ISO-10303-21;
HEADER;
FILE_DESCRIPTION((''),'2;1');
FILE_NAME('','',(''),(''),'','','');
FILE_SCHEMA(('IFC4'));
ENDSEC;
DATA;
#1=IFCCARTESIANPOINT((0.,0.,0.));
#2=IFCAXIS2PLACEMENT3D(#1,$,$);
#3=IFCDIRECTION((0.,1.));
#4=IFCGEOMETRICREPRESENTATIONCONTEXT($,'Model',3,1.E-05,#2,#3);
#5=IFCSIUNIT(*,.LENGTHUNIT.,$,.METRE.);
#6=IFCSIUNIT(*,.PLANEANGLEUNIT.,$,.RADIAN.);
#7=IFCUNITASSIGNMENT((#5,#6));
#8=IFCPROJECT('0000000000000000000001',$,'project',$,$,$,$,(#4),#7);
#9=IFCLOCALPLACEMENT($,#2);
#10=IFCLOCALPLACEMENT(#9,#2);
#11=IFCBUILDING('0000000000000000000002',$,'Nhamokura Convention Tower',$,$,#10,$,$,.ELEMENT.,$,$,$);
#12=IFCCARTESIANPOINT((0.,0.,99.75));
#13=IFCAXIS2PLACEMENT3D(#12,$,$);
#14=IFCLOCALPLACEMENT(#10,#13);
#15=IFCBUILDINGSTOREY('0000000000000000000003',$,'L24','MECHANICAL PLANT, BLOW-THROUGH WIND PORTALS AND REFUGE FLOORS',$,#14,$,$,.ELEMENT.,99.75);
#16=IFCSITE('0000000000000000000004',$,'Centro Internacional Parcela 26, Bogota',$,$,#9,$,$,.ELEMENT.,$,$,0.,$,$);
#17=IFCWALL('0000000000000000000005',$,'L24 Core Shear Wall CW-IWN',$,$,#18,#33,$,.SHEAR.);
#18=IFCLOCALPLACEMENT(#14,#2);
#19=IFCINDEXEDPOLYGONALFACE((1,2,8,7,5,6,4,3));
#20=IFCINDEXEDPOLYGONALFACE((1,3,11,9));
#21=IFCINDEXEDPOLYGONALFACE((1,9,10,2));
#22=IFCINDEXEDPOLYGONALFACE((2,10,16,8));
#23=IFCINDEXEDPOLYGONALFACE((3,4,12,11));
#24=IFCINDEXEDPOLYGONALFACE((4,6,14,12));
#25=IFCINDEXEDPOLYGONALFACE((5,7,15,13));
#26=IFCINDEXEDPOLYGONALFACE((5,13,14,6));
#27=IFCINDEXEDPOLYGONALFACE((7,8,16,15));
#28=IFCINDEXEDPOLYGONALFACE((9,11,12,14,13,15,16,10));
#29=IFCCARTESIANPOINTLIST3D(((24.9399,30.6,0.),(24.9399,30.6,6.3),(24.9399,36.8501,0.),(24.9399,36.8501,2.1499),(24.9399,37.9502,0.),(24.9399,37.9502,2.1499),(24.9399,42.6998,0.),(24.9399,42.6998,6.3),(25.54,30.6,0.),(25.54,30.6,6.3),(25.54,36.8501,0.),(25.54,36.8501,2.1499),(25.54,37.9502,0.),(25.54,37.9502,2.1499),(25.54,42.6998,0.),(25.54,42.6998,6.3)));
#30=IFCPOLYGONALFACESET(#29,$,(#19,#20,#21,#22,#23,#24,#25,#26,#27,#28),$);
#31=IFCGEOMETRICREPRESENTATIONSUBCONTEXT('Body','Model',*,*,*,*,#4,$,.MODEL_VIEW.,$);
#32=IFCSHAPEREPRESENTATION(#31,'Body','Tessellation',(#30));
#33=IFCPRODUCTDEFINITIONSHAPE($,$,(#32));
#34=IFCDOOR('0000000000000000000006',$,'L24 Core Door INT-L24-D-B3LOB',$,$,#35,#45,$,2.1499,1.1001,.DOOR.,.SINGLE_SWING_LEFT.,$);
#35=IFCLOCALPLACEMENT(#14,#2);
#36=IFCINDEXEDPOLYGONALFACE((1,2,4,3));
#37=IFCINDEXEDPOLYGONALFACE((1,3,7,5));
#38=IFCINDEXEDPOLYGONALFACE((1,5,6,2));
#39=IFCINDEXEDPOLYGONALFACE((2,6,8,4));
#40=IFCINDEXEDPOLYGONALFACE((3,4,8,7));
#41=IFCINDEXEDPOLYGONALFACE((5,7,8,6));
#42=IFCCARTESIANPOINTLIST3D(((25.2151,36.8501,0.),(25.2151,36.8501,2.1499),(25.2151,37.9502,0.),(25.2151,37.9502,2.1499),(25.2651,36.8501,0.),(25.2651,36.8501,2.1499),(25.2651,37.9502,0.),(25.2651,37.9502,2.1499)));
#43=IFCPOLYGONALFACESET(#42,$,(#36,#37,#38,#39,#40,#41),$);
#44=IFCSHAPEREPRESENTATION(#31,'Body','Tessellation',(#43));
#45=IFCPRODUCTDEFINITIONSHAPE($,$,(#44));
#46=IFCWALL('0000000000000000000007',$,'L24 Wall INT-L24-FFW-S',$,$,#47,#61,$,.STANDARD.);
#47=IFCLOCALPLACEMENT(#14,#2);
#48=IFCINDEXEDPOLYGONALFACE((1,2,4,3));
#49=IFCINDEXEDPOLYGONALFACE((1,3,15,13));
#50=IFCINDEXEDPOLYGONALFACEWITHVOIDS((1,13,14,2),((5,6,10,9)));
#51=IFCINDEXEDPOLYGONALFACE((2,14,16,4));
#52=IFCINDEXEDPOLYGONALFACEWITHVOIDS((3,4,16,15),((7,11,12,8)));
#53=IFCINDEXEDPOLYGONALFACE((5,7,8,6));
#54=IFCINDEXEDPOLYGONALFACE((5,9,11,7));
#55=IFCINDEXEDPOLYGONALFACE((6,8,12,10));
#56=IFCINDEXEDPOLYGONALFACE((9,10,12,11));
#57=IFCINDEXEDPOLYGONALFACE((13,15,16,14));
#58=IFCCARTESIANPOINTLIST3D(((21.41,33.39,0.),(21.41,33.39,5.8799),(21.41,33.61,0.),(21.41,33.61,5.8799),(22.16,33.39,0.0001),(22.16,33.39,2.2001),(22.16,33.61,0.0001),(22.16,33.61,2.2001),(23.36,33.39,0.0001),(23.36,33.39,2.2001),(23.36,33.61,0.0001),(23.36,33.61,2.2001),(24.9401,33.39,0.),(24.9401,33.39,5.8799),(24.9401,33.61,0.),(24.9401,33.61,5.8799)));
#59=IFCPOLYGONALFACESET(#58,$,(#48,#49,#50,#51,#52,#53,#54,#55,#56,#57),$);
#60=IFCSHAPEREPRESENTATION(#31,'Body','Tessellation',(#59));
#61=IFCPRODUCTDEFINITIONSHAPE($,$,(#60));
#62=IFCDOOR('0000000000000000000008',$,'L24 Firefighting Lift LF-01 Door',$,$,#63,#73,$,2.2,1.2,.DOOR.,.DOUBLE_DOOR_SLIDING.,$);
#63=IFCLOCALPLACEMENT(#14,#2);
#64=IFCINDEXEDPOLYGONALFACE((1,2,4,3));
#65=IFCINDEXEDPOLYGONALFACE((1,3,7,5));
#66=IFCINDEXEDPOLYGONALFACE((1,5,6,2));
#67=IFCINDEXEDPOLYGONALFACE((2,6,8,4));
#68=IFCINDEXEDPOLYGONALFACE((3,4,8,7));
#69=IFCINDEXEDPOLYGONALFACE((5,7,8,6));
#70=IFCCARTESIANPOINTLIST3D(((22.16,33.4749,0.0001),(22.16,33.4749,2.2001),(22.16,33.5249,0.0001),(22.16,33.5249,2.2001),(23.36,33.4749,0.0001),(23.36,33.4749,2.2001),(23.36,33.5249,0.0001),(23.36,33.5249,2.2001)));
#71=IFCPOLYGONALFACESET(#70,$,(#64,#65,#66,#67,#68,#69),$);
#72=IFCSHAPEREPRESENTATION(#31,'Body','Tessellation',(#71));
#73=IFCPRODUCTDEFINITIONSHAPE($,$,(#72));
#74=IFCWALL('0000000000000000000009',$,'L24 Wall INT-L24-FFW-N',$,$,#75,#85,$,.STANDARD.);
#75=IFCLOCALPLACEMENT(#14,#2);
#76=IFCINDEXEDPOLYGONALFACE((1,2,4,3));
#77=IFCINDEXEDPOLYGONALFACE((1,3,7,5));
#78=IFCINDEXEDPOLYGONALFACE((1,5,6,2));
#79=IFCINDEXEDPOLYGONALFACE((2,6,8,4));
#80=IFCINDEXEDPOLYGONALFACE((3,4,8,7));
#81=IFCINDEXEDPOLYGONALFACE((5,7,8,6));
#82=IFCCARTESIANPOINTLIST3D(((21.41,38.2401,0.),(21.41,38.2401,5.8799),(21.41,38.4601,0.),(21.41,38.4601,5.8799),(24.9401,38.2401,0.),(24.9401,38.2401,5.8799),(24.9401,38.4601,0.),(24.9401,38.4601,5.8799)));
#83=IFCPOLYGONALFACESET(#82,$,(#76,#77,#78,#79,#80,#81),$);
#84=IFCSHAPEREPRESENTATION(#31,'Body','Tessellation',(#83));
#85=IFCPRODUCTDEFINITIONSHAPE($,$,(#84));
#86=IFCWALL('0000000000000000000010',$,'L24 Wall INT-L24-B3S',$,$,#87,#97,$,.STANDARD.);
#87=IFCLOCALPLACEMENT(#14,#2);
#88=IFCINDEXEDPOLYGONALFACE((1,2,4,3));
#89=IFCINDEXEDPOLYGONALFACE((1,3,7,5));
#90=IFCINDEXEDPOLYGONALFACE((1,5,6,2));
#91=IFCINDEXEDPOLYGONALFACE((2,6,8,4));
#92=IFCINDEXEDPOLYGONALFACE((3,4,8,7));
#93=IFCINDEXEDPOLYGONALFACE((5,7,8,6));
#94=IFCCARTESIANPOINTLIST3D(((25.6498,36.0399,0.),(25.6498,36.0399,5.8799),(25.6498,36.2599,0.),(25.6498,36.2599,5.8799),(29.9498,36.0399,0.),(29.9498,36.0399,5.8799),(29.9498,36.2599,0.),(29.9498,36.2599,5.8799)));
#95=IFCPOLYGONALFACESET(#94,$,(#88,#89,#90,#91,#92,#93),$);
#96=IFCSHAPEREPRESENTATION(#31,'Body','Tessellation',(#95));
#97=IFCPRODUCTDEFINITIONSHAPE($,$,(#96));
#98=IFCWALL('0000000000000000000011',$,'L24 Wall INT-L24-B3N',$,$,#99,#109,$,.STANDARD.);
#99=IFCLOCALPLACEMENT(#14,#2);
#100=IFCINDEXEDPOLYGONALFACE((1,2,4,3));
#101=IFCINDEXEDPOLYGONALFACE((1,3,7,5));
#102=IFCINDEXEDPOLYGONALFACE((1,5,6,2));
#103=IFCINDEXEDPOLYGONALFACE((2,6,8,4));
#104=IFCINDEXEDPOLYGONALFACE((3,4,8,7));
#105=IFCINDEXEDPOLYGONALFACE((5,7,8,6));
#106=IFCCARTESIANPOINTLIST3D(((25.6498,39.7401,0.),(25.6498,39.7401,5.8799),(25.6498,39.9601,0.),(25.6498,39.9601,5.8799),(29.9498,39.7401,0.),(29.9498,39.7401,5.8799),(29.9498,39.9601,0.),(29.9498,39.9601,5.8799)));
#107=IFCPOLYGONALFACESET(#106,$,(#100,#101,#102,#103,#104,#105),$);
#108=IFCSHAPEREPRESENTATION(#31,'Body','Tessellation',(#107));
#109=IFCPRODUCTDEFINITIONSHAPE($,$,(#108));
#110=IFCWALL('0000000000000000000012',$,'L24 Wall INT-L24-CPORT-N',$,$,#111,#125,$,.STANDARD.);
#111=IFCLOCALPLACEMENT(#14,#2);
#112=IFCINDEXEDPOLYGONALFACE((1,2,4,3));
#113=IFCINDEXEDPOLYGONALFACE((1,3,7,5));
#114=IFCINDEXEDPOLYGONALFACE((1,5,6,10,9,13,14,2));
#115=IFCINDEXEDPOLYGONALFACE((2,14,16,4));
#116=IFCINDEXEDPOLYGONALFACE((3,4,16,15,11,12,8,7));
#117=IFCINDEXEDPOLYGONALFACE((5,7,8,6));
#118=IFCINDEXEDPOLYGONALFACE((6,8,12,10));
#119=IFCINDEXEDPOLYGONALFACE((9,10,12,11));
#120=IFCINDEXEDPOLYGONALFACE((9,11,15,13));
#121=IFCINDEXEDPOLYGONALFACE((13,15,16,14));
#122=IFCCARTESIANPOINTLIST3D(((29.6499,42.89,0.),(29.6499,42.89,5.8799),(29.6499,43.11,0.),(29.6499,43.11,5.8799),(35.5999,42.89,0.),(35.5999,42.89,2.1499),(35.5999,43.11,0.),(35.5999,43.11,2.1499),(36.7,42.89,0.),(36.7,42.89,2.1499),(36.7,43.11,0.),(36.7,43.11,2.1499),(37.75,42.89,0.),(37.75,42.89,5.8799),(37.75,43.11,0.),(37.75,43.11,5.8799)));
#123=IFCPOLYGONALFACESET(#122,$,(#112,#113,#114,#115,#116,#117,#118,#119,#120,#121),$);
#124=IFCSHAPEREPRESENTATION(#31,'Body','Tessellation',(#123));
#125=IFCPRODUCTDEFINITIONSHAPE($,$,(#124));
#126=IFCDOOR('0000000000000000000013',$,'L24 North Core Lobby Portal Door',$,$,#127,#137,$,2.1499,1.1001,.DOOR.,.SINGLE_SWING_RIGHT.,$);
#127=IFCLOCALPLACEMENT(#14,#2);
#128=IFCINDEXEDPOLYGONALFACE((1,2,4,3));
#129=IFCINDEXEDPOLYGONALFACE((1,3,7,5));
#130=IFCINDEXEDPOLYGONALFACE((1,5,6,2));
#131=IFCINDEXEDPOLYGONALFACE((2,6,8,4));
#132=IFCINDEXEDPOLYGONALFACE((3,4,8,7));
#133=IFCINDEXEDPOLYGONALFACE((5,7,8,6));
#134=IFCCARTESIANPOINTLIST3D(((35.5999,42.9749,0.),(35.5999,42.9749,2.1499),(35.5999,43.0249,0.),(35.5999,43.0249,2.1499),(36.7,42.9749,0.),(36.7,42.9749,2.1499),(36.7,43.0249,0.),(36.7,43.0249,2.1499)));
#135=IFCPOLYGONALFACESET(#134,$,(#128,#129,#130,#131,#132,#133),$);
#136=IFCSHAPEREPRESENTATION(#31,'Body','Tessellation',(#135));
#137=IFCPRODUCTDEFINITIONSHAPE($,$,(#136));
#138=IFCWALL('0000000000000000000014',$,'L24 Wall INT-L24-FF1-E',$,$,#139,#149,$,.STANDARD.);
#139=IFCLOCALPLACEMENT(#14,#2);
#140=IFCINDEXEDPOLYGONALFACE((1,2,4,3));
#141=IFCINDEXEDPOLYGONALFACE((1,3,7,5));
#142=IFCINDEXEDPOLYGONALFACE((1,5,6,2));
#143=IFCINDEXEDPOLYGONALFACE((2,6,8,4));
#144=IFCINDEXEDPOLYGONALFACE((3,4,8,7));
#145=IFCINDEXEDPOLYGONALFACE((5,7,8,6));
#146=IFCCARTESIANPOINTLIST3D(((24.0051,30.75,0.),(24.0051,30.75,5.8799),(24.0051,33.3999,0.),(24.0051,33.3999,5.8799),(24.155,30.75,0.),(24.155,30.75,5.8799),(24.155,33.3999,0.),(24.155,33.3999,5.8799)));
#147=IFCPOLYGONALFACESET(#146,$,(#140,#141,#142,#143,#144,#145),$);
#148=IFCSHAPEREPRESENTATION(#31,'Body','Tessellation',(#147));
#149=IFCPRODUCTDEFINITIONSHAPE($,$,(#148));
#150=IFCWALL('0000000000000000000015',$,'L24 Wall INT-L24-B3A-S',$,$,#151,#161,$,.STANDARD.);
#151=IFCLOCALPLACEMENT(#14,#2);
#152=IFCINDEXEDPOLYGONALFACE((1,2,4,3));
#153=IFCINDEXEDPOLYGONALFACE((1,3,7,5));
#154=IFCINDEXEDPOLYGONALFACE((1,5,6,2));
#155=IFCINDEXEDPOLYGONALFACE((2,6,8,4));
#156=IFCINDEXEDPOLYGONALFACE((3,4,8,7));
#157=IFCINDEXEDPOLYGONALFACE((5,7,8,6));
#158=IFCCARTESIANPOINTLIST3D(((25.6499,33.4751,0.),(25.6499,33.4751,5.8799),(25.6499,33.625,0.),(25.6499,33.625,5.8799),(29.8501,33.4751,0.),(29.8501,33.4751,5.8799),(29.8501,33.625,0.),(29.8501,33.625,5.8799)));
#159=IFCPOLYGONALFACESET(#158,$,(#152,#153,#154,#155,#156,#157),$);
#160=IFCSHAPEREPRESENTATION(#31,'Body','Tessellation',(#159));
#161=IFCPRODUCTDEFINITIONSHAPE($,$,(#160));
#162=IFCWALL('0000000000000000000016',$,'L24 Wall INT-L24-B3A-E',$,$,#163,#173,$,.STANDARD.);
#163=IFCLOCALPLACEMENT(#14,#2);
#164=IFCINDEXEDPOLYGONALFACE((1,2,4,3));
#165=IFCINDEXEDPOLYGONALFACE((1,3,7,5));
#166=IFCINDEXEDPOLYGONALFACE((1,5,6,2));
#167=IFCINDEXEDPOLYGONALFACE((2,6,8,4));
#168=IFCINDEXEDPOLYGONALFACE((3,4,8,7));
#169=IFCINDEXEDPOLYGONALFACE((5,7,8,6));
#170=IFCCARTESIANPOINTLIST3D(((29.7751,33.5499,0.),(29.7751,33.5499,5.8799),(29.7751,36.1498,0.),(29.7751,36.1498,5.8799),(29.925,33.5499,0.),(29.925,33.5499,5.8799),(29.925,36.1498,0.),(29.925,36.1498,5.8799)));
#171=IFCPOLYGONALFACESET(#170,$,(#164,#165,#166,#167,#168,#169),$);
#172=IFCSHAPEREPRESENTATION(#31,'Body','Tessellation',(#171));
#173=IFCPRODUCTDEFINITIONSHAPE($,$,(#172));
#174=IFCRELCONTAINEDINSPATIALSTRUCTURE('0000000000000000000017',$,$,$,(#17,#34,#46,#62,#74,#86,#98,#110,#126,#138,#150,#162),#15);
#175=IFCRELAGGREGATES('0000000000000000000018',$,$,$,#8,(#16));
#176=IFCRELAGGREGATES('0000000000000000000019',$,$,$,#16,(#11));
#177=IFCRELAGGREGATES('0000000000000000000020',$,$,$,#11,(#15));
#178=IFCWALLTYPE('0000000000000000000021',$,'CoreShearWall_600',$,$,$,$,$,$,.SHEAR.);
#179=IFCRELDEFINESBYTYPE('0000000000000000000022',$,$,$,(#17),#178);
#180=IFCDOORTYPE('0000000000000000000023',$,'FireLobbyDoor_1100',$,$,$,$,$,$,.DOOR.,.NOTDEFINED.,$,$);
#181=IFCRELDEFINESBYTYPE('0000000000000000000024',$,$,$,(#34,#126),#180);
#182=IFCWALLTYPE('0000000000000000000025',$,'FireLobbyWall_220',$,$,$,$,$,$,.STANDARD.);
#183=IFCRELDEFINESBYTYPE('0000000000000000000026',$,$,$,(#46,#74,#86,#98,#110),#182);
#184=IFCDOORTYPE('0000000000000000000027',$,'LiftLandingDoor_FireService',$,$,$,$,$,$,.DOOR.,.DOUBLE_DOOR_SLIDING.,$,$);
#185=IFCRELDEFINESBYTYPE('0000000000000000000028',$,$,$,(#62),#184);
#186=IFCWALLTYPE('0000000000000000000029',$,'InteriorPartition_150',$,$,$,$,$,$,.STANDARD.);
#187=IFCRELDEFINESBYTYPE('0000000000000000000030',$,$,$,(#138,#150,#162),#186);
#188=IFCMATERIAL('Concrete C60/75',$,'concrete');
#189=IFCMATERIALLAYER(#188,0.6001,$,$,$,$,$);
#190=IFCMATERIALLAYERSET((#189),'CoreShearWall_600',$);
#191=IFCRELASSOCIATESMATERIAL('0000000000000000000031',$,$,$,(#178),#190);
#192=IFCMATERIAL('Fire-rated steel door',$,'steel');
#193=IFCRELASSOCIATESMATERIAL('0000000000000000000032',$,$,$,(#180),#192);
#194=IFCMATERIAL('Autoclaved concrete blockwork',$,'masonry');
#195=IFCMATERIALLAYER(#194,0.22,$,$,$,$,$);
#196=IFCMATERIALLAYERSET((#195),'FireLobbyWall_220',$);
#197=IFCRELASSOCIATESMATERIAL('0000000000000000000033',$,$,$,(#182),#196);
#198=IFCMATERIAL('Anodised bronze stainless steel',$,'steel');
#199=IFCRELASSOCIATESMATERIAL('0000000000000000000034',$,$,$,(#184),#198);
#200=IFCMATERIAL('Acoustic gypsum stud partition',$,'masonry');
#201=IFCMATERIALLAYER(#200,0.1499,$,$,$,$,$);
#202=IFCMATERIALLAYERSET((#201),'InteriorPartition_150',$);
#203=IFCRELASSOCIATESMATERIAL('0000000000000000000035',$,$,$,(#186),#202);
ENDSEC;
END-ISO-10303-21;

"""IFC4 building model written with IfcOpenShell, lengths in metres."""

from ifc_helpers import new_model, si_unit, direction, frame, frame_2d, origin, place, context, subcontext, project, spatial, rectangle, extrude, material, layer, layer_set, type_object, element, fill, save


model = new_model("IFC4")

# Units and contexts
model_context = context("Model", 3, precision=1e-05, world=origin(), true_north=direction((0.0, 1.0)))
body_context = subcontext(model_context, "Body", "Model", "MODEL_VIEW")
ifc_project = project(units=[si_unit("LENGTHUNIT", "METRE"), si_unit("PLANEANGLEUNIT", "RADIAN")], contexts=[model_context])

# Site, building, storey
site_placement = place(None, origin())
site = spatial("IfcSite", under=ifc_project, at=site_placement, Name="Centro Internacional Parcela 26, Bogota", CompositionType="ELEMENT", RefElevation=0.0)
building_placement = place(site_placement, origin())
building = spatial("IfcBuilding", under=site, at=building_placement, Name="Nhamokura Convention Tower", CompositionType="ELEMENT")
storey_placement = place(building_placement, frame((0.0, 0.0, 99.75)))
storey = spatial("IfcBuildingStorey", under=building, at=storey_placement, Name="L24", Description="MECHANICAL PLANT, BLOW-THROUGH WIND PORTALS AND REFUGE FLOORS", CompositionType="ELEMENT", Elevation=99.75)

# Shared definitions
ifc_material_1 = material(Name="Concrete C60/75", Category="concrete")
ifc_layer_1 = layer(ifc_material_1, 0.6001)
ifc_layer_set_1 = layer_set([ifc_layer_1], Name="CoreShearWall_600")
wall_type_1 = type_object("IfcWallType", Name="CoreShearWall_600", PredefinedType="SHEAR", material=ifc_layer_set_1)
ifc_material_2 = material(Name="Fire-rated steel door", Category="steel")
door_type_1 = type_object("IfcDoorType", Name="FireLobbyDoor_1100", OperationType="NOTDEFINED", PredefinedType="DOOR", material=ifc_material_2)

# Walls, openings, doors
wall_1_placement = place(storey_placement, frame((25.24, 30.6001, 0.0), z_axis=(0.0, 0.0, 1.0), x_axis=(0.0, 1.0, 0.0)))
wall_1 = element("IfcWall", 1, at=wall_1_placement, inside=storey, type_object=wall_type_1, Name="L24 Core Shear Wall CW-IWN", PredefinedType="SHEAR", context=body_context, shape_type="SweptSolid", body=[
    extrude(rectangle(XDim=12.0999, YDim=0.6001, at=frame_2d((6.0498, 0.0))), origin(), (0.0, 0.0, 1.0), 6.3),
])
opening_1_placement = place(wall_1_placement, frame((6.25, 0.0, 0.0)))
opening_1 = element("IfcOpeningElement", 2, at=opening_1_placement, cuts=wall_1, PredefinedType="OPENING", context=body_context, shape_type="SweptSolid", body=[
    extrude(rectangle(XDim=1.1001, YDim=2.1499, at=frame_2d((0.55, 1.075))), frame((0.0, 0.3101, 0.0), z_axis=(0.0, -1.0, 0.0), x_axis=(1.0, 0.0, 0.0)), (0.0, 0.0, 1.0), 0.6201),
])
door_1_placement = place(opening_1_placement, origin())
door_1 = element("IfcDoor", 3, at=door_1_placement, inside=storey, type_object=door_type_1, Name="L24 Core Door INT-L24-D-B3LOB", OperationType="SINGLE_SWING_LEFT", OverallHeight=2.1499, OverallWidth=1.1001, PredefinedType="DOOR", context=body_context, shape_type="SweptSolid", body=[
    extrude(rectangle(XDim=1.1001, YDim=2.1499, at=frame_2d((0.55, 1.075))), frame((0.0, 0.0249, 0.0), z_axis=(0.0, -1.0, 0.0), x_axis=(1.0, 0.0, 0.0)), (0.0, 0.0, 1.0), 0.05),
])
fill(opening_1, door_1)
ifc_material_3 = material(Name="Autoclaved concrete blockwork", Category="masonry")
ifc_layer_2 = layer(ifc_material_3, 0.22)
ifc_layer_set_2 = layer_set([ifc_layer_2], Name="FireLobbyWall_220")
wall_type_2 = type_object("IfcWallType", Name="FireLobbyWall_220", PredefinedType="STANDARD", material=ifc_layer_set_2)
wall_2_placement = place(storey_placement, frame((21.4099, 33.5, 0.0), z_axis=(0.0, 0.0, 1.0), x_axis=(1.0, 0.0, 0.0)))
wall_2 = element("IfcWall", 4, at=wall_2_placement, inside=storey, type_object=wall_type_2, Name="L24 Wall INT-L24-FFW-S", PredefinedType="STANDARD", context=body_context, shape_type="SweptSolid", body=[
    extrude(rectangle(XDim=3.53, YDim=0.22, at=frame_2d((1.7651, 0.0))), origin(), (0.0, 0.0, 1.0), 5.8799),
])
opening_2_placement = place(wall_2_placement, frame((0.75, 0.0, 0.0)))
opening_2 = element("IfcOpeningElement", 5, at=opening_2_placement, cuts=wall_2, PredefinedType="OPENING", context=body_context, shape_type="SweptSolid", body=[
    extrude(rectangle(XDim=1.2, YDim=2.2, at=frame_2d((0.6001, 1.1001))), frame((0.0, 0.1199, 0.0), z_axis=(0.0, -1.0, 0.0), x_axis=(1.0, 0.0, 0.0)), (0.0, 0.0, 1.0), 0.24),
])
ifc_material_4 = material(Name="Anodised bronze stainless steel", Category="steel")
door_type_2 = type_object("IfcDoorType", Name="LiftLandingDoor_FireService", OperationType="DOUBLE_DOOR_SLIDING", PredefinedType="DOOR", material=ifc_material_4)
door_2_placement = place(opening_2_placement, origin())
door_2 = element("IfcDoor", 6, at=door_2_placement, inside=storey, type_object=door_type_2, Name="L24 Firefighting Lift LF-01 Door", OperationType="DOUBLE_DOOR_SLIDING", OverallHeight=2.2, OverallWidth=1.2, PredefinedType="DOOR", context=body_context, shape_type="SweptSolid", body=[
    extrude(rectangle(XDim=1.2, YDim=2.2, at=frame_2d((0.6001, 1.1001))), frame((0.0, 0.0249, 0.0), z_axis=(0.0, -1.0, 0.0), x_axis=(1.0, 0.0, 0.0)), (0.0, 0.0, 1.0), 0.05),
])
fill(opening_2, door_2)

# Walls
wall_3_placement = place(storey_placement, frame((21.4099, 38.3501, 0.0), z_axis=(0.0, 0.0, 1.0), x_axis=(1.0, 0.0, 0.0)))
element("IfcWall", 7, at=wall_3_placement, inside=storey, type_object=wall_type_2, Name="L24 Wall INT-L24-FFW-N", PredefinedType="STANDARD", context=body_context, shape_type="SweptSolid", body=[
    extrude(rectangle(XDim=3.53, YDim=0.22, at=frame_2d((1.7651, 0.0))), origin(), (0.0, 0.0, 1.0), 5.8799),
])
for number, where, z_axis, x_axis, name in (
    (8, (25.6499, 36.1499, 0.0), (0.0, 0.0, 1.0), (1.0, 0.0, 0.0), "L24 Wall INT-L24-B3S"),
    (9, (25.6499, 39.8501, 0.0), (0.0, 0.0, 1.0), (1.0, 0.0, 0.0), "L24 Wall INT-L24-B3N"),
):
    element("IfcWall", number, at=place(storey_placement, frame(where, z_axis=z_axis, x_axis=x_axis)), inside=storey, type_object=wall_type_2, Name=name, PredefinedType="STANDARD", context=body_context, shape_type="SweptSolid", body=[
        extrude(rectangle(XDim=4.3, YDim=0.22, at=frame_2d((2.1499, 0.0))), origin(), (0.0, 0.0, 1.0), 5.8799),
    ])

# Wall, opening, door
wall_4_placement = place(storey_placement, frame((29.6499, 43.0, 0.0), z_axis=(0.0, 0.0, 1.0), x_axis=(1.0, 0.0, 0.0)))
wall_4 = element("IfcWall", 10, at=wall_4_placement, inside=storey, type_object=wall_type_2, Name="L24 Wall INT-L24-CPORT-N", PredefinedType="STANDARD", context=body_context, shape_type="SweptSolid", body=[
    extrude(rectangle(XDim=8.1001, YDim=0.22, at=frame_2d((4.05, 0.0))), origin(), (0.0, 0.0, 1.0), 5.8799),
])
opening_3_placement = place(wall_4_placement, frame((5.95, 0.0, 0.0)))
opening_3 = element("IfcOpeningElement", 11, at=opening_3_placement, cuts=wall_4, PredefinedType="OPENING", context=body_context, shape_type="SweptSolid", body=[
    extrude(rectangle(XDim=1.1001, YDim=2.1499, at=frame_2d((0.55, 1.075))), frame((0.0, 0.1199, 0.0), z_axis=(0.0, -1.0, 0.0), x_axis=(1.0, 0.0, 0.0)), (0.0, 0.0, 1.0), 0.24),
])
door_3_placement = place(opening_3_placement, origin())
door_3 = element("IfcDoor", 12, at=door_3_placement, inside=storey, type_object=door_type_1, Name="L24 North Core Lobby Portal Door", OperationType="SINGLE_SWING_RIGHT", OverallHeight=2.1499, OverallWidth=1.1001, PredefinedType="DOOR", context=body_context, shape_type="SweptSolid", body=[
    extrude(rectangle(XDim=1.1001, YDim=2.1499, at=frame_2d((0.55, 1.075))), frame((0.0, 0.0249, 0.0), z_axis=(0.0, -1.0, 0.0), x_axis=(1.0, 0.0, 0.0)), (0.0, 0.0, 1.0), 0.05),
])
fill(opening_3, door_3)

# Walls
ifc_material_5 = material(Name="Acoustic gypsum stud partition", Category="masonry")
ifc_layer_3 = layer(ifc_material_5, 0.1499)
ifc_layer_set_3 = layer_set([ifc_layer_3], Name="InteriorPartition_150")
wall_type_3 = type_object("IfcWallType", Name="InteriorPartition_150", PredefinedType="STANDARD", material=ifc_layer_set_3)
wall_5_placement = place(storey_placement, frame((24.0801, 30.75, 0.0), z_axis=(0.0, 0.0, 1.0), x_axis=(0.0, 1.0, 0.0)))
element("IfcWall", 13, at=wall_5_placement, inside=storey, type_object=wall_type_3, Name="L24 Wall INT-L24-FF1-E", PredefinedType="STANDARD", context=body_context, shape_type="SweptSolid", body=[
    extrude(rectangle(XDim=2.6499, YDim=0.1499, at=frame_2d((1.325, 0.0))), origin(), (0.0, 0.0, 1.0), 5.8799),
])
wall_6_placement = place(storey_placement, frame((25.6499, 33.55, 0.0), z_axis=(0.0, 0.0, 1.0), x_axis=(1.0, 0.0, 0.0)))
element("IfcWall", 14, at=wall_6_placement, inside=storey, type_object=wall_type_3, Name="L24 Wall INT-L24-B3A-S", PredefinedType="STANDARD", context=body_context, shape_type="SweptSolid", body=[
    extrude(rectangle(XDim=4.2002, YDim=0.1499, at=frame_2d((2.1001, 0.0))), origin(), (0.0, 0.0, 1.0), 5.8799),
])
wall_7_placement = place(storey_placement, frame((29.8501, 33.55, 0.0), z_axis=(0.0, 0.0, 1.0), x_axis=(0.0, 1.0, 0.0)))
element("IfcWall", 15, at=wall_7_placement, inside=storey, type_object=wall_type_3, Name="L24 Wall INT-L24-B3A-E", PredefinedType="STANDARD", context=body_context, shape_type="SweptSolid", body=[
    extrude(rectangle(XDim=2.5999, YDim=0.1499, at=frame_2d((1.2998, 0.0))), origin(), (0.0, 0.0, 1.0), 5.8799),
])

save(model, "model.ifc")
